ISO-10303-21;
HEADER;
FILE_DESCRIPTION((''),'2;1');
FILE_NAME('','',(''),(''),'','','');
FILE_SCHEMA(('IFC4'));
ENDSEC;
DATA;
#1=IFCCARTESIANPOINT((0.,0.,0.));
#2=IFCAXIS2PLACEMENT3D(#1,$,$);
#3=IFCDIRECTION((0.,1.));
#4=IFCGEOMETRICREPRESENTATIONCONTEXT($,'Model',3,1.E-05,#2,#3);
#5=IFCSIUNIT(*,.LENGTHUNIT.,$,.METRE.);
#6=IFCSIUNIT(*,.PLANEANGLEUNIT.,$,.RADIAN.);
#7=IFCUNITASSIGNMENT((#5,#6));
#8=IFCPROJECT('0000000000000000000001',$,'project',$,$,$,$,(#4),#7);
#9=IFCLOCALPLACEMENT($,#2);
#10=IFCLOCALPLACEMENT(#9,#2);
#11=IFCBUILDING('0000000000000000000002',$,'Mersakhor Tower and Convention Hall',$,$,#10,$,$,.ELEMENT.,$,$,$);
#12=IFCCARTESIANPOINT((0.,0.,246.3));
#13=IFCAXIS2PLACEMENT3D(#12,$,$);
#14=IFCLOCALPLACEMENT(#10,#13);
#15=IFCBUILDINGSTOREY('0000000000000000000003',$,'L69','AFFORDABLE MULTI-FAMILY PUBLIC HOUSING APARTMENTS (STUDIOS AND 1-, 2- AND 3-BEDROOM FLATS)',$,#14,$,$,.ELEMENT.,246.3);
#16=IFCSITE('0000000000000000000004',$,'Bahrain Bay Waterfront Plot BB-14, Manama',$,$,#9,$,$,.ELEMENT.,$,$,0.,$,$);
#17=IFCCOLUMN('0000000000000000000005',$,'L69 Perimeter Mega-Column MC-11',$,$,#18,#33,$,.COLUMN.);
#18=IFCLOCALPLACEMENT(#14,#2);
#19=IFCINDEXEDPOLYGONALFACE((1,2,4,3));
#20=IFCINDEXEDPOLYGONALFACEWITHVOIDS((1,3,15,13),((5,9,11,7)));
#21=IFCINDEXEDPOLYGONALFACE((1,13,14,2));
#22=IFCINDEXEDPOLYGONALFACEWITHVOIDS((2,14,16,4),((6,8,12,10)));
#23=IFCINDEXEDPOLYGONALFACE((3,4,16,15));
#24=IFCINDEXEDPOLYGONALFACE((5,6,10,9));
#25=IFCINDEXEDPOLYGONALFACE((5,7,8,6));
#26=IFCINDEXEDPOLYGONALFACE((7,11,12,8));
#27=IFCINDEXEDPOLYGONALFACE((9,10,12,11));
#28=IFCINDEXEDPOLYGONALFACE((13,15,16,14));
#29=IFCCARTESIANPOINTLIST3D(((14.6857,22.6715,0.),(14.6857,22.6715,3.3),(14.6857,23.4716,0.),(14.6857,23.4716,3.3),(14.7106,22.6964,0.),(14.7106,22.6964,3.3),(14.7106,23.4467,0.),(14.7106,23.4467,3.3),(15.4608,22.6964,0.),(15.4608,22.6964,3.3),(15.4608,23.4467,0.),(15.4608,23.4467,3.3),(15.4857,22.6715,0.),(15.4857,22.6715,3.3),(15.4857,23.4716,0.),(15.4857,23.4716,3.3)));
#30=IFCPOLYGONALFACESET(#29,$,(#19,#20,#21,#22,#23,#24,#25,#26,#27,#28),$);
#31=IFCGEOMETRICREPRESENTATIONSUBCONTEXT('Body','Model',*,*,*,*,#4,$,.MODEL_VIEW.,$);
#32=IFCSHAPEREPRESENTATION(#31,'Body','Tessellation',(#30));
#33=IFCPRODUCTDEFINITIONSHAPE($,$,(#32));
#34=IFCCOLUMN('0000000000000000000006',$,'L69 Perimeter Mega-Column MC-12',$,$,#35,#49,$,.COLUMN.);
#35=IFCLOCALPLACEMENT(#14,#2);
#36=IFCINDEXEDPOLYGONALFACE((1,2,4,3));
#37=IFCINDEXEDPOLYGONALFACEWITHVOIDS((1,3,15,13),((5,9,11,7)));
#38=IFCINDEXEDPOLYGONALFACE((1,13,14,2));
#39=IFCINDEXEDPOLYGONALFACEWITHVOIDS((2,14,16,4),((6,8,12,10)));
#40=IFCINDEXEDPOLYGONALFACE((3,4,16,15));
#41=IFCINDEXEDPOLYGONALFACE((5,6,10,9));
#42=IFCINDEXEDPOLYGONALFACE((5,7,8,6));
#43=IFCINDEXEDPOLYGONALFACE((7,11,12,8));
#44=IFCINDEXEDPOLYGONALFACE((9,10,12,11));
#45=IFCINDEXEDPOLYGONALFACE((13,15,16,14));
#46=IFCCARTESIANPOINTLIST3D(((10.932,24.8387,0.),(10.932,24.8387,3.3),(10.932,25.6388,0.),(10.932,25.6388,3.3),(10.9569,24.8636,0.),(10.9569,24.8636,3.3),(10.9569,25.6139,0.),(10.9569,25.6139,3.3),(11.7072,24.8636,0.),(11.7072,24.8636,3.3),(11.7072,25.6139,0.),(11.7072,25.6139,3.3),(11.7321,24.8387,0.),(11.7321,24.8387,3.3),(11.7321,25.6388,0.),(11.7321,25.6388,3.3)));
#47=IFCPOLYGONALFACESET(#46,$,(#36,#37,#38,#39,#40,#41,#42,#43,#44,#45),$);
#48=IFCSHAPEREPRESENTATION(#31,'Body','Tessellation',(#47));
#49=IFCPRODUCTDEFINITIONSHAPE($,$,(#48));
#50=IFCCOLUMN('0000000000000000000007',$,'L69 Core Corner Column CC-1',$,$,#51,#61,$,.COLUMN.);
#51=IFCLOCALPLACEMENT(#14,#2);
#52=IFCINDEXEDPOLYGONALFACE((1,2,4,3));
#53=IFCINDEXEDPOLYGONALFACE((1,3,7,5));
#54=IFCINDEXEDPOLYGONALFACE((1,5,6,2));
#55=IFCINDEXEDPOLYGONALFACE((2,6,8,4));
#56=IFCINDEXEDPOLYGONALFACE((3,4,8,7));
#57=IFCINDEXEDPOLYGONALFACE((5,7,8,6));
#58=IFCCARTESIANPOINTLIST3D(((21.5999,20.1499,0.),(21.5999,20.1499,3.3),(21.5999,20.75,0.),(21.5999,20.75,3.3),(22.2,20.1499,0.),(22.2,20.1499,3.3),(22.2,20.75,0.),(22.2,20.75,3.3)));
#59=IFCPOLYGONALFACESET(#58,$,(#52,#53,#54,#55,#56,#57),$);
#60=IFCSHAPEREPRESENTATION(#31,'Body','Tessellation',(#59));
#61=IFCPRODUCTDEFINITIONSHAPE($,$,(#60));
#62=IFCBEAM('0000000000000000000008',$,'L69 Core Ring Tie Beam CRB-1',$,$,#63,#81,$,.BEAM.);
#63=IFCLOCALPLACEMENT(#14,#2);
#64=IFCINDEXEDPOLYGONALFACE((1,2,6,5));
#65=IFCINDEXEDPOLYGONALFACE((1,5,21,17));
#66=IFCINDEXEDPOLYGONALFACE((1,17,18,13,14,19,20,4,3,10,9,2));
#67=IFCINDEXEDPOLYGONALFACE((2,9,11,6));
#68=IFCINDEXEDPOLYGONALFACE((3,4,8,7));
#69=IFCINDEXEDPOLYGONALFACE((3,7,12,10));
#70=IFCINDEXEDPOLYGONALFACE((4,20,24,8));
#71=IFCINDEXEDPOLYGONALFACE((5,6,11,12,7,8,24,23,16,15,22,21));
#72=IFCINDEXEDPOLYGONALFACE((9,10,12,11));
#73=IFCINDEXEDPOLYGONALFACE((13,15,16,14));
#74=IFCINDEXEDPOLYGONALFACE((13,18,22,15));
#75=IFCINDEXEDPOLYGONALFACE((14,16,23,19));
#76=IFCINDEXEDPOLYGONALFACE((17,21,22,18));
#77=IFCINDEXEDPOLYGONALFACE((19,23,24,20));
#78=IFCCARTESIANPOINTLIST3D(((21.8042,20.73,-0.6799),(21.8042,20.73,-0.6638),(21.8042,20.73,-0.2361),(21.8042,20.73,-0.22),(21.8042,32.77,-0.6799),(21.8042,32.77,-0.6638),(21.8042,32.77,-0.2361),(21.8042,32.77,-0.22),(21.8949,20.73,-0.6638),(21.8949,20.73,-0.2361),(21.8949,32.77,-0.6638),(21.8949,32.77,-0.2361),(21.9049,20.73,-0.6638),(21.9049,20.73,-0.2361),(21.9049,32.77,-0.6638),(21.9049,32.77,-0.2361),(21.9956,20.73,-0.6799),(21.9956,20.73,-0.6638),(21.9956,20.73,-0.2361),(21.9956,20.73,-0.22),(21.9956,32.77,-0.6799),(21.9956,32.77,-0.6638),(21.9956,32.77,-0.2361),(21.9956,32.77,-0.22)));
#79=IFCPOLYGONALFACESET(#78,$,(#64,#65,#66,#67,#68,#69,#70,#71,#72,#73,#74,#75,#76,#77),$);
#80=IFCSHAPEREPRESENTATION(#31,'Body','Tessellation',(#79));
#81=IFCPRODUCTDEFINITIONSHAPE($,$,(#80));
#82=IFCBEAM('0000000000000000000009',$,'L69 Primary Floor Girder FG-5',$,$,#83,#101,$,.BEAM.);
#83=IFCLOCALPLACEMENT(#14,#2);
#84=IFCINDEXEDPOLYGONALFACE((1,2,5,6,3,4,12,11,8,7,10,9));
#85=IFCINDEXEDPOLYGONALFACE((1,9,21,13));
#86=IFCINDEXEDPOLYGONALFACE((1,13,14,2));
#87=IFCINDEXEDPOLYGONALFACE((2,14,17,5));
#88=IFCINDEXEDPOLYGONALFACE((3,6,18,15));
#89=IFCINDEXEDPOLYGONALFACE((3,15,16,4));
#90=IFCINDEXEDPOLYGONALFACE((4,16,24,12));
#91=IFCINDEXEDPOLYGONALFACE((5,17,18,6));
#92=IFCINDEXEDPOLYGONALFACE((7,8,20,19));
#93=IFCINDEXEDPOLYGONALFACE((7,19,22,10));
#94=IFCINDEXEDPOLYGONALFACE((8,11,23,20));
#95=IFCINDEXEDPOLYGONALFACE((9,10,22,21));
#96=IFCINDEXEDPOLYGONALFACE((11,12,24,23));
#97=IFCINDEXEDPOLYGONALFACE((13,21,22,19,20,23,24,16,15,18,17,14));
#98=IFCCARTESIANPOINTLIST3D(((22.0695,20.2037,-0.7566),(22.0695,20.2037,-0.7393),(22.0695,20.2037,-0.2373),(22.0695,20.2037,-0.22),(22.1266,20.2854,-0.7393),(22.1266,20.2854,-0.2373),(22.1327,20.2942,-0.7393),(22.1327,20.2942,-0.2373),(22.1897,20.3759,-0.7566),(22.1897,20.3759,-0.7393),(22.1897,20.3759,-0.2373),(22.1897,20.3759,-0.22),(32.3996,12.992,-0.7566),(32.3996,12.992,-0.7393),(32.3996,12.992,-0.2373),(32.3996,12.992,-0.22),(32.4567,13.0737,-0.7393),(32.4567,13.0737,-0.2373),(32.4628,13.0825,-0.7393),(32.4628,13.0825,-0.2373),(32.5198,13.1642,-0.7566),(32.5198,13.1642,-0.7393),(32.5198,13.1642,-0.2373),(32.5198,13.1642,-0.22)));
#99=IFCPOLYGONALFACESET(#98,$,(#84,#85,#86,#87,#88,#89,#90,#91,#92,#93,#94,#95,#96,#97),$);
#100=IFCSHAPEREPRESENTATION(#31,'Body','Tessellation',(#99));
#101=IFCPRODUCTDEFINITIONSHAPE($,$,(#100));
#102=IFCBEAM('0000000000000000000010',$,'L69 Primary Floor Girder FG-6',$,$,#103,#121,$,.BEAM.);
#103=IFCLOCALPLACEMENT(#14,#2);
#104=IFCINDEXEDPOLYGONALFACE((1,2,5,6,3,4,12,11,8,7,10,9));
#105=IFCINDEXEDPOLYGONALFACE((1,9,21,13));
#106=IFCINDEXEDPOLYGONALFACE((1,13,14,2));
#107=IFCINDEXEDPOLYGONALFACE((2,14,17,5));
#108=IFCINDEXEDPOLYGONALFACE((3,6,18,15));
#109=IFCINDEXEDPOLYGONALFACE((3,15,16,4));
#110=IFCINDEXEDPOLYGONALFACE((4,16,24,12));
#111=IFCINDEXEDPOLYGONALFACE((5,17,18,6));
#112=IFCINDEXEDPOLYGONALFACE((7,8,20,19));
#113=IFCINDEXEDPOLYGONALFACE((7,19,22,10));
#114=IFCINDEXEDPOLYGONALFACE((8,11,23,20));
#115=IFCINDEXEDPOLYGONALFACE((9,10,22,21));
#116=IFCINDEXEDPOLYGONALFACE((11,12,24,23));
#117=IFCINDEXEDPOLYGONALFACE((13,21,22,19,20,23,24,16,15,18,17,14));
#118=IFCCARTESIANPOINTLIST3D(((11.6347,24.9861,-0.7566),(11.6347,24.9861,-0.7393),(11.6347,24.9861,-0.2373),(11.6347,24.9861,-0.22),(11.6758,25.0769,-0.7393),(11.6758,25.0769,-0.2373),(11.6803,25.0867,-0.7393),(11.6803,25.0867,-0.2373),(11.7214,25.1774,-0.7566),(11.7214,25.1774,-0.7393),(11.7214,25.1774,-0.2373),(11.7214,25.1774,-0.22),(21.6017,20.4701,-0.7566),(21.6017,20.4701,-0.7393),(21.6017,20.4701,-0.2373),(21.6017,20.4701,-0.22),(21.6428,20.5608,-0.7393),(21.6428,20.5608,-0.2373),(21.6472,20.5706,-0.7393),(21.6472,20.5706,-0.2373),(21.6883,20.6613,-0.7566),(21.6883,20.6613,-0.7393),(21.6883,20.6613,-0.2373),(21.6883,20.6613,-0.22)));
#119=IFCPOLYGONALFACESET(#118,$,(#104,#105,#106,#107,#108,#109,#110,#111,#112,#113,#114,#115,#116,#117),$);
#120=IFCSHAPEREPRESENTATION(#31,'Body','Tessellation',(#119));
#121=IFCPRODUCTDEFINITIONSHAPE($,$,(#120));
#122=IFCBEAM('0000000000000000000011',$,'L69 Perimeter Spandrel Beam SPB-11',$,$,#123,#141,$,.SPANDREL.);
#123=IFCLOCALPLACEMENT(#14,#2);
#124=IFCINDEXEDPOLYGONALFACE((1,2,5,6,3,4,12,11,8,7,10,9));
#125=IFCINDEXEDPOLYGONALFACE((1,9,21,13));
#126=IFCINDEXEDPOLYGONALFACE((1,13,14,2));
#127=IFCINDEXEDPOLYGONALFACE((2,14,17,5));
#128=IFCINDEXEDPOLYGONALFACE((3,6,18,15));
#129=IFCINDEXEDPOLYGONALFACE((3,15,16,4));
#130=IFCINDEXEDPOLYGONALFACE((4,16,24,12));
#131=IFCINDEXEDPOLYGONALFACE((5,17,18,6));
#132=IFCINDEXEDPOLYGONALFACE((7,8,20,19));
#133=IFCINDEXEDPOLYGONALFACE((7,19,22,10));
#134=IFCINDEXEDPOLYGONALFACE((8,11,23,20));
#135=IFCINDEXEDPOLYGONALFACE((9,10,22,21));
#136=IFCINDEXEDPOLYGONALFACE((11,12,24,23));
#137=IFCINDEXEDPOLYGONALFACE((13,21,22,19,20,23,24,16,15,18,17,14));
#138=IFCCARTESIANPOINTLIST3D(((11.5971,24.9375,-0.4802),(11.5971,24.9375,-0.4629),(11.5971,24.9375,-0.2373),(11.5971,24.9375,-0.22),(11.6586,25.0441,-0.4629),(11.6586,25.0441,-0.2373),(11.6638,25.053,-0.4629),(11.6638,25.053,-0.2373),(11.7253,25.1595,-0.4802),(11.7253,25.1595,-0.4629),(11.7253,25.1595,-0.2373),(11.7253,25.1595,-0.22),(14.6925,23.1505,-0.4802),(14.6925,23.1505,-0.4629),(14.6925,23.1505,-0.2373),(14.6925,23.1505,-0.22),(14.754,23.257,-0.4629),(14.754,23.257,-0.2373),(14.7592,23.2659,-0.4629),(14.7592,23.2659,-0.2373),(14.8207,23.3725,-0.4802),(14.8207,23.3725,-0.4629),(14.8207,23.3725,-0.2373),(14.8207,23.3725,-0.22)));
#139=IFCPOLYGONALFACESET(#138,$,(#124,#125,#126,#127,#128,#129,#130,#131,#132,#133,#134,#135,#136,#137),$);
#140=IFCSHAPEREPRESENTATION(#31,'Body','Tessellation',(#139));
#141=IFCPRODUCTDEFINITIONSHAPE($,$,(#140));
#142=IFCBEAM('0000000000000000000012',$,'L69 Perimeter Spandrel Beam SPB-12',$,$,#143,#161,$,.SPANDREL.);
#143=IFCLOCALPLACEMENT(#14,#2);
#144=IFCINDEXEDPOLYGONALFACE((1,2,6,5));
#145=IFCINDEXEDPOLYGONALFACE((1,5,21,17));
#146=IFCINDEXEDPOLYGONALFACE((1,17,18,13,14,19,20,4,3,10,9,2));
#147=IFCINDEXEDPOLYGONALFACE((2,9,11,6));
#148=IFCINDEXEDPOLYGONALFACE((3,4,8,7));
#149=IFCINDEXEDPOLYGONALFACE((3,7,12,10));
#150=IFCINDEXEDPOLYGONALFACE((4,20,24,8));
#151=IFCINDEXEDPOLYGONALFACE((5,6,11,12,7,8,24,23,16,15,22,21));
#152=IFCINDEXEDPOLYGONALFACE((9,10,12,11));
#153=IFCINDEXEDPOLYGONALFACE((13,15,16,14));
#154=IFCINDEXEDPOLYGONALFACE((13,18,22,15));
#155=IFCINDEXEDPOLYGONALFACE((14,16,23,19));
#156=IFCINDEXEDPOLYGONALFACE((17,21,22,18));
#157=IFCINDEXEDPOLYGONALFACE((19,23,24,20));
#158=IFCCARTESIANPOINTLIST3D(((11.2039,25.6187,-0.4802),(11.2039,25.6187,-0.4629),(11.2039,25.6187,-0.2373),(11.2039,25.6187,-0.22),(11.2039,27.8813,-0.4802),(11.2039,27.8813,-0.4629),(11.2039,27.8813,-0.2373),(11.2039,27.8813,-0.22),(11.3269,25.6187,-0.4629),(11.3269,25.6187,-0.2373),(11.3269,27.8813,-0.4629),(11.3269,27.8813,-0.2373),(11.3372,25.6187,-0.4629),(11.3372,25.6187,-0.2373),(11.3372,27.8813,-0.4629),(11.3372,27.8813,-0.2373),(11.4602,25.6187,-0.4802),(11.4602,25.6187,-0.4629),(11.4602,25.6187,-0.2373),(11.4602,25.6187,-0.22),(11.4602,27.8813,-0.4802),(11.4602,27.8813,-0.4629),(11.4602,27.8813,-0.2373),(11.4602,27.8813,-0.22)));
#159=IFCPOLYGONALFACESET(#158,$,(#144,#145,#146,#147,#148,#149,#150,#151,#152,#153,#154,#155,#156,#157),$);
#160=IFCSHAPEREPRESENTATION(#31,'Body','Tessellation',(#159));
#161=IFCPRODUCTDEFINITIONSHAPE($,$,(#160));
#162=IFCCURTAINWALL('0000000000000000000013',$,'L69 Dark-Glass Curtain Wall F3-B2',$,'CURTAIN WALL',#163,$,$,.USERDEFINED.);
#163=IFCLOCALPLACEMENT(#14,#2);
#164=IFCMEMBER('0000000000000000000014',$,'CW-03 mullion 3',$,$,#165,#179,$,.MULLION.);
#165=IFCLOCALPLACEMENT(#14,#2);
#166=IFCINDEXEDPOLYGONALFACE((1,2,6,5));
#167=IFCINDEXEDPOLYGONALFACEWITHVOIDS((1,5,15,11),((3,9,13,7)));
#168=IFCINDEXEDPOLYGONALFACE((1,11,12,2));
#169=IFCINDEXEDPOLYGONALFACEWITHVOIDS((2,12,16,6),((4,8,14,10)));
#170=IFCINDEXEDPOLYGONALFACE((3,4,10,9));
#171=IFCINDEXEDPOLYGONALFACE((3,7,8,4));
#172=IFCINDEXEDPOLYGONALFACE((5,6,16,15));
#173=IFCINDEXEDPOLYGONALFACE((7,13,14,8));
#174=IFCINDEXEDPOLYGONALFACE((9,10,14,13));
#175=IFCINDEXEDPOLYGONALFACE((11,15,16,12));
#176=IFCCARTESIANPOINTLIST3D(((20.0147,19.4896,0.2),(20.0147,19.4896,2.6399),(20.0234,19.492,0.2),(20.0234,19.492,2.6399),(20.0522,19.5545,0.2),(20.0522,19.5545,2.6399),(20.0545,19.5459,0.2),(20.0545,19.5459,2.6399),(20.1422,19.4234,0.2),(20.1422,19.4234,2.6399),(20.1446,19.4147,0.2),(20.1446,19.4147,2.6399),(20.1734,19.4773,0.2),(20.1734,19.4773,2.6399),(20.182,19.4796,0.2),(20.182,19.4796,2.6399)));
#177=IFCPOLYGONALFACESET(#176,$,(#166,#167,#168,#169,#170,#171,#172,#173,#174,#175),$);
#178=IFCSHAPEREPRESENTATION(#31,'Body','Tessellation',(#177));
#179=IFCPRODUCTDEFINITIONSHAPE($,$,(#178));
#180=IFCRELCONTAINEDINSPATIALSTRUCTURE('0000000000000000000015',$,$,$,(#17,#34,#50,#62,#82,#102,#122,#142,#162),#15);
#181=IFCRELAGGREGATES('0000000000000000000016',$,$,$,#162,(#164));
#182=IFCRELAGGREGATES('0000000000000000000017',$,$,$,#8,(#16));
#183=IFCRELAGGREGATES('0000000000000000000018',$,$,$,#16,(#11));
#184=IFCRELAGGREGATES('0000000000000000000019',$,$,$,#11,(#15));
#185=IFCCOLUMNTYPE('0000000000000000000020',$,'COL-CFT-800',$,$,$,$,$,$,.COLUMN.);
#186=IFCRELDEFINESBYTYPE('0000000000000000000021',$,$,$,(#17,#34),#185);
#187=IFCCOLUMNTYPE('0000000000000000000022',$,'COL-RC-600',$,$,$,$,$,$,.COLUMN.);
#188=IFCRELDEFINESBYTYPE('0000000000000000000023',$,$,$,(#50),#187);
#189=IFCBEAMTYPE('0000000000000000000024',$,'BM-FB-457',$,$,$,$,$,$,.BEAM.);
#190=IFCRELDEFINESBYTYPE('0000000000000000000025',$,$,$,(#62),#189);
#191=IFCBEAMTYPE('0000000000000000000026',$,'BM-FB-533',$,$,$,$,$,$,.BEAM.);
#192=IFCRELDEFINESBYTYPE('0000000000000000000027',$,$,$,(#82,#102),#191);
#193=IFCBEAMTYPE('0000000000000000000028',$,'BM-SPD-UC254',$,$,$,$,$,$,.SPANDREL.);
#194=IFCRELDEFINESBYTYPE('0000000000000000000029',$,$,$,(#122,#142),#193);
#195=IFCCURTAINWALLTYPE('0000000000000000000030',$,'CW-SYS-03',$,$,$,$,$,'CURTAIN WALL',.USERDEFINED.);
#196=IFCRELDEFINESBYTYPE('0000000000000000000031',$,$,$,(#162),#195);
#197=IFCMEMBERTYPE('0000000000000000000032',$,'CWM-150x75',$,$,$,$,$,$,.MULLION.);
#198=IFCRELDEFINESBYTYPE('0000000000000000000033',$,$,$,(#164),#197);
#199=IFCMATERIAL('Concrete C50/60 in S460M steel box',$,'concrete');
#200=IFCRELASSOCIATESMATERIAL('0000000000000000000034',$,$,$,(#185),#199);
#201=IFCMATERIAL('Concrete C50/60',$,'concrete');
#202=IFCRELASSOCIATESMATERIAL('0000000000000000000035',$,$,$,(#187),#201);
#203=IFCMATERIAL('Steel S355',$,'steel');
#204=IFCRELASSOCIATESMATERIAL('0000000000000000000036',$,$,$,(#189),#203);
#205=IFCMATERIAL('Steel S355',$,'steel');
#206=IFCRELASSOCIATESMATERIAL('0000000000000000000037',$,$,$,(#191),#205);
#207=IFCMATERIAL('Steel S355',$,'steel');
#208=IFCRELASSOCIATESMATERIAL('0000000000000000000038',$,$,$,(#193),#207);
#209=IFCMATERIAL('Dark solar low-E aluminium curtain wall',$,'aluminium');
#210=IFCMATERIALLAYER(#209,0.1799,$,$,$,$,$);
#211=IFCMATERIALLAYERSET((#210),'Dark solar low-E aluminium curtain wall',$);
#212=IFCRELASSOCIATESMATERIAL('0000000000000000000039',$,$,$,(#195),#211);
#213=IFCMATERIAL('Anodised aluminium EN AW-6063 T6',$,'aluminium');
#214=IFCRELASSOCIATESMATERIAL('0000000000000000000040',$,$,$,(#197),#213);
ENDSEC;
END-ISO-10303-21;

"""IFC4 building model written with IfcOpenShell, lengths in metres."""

from ifc_helpers import new_model, si_unit, direction, frame, origin, origin_2d, place, context, subcontext, project, spatial, rectangle, hollow_rectangle, i_section, extrude, material, layer, layer_set, material_profile, profile_set, type_object, element, aggregate, save


model = new_model("IFC4")

# Units and contexts
model_context = context("Model", 3, precision=1e-05, world=origin(), true_north=direction((0.0, 1.0)))
body_context = subcontext(model_context, "Body", "Model", "MODEL_VIEW")
ifc_project = project(units=[si_unit("LENGTHUNIT", "METRE"), si_unit("PLANEANGLEUNIT", "RADIAN")], contexts=[model_context])

# Site, building, storey
site_placement = place(None, origin())
site = spatial("IfcSite", under=ifc_project, at=site_placement, Name="Bahrain Bay Waterfront Plot BB-14, Manama", CompositionType="ELEMENT", RefElevation=0.0)
building_placement = place(site_placement, origin())
building = spatial("IfcBuilding", under=site, at=building_placement, Name="Mersakhor Tower and Convention Hall", CompositionType="ELEMENT")
storey_placement = place(building_placement, frame((0.0, 0.0, 246.3)))
storey = spatial("IfcBuildingStorey", under=building, at=storey_placement, Name="L69", Description="AFFORDABLE MULTI-FAMILY PUBLIC HOUSING APARTMENTS (STUDIOS AND 1-, 2- AND 3-BEDROOM FLATS)", CompositionType="ELEMENT", Elevation=246.3)

# Columns
ifc_material_1 = material(Name="Concrete C50/60 in S460M steel box", Category="concrete")
ifc_material_profile_1 = material_profile(ifc_material_1, hollow_rectangle(XDim=0.8, YDim=0.8, WallThickness=0.0249, at=origin_2d()), Name="SHS 800x800x25")
ifc_profile_set_1 = profile_set([ifc_material_profile_1], Name="Concrete C50/60 in S460M steel box")
column_type_1 = type_object("IfcColumnType", Name="COL-CFT-800", PredefinedType="COLUMN", material=ifc_profile_set_1)
for number, where, z_axis, x_axis, name in (
    (1, (15.0857, 23.0715, 0.0), (0.0, 0.0, 1.0), (1.0, 0.0, 0.0), "L69 Perimeter Mega-Column MC-11"),
    (2, (11.332, 25.2388, 0.0), (0.0, 0.0, 1.0), (1.0, 0.0, 0.0), "L69 Perimeter Mega-Column MC-12"),
):
    element("IfcColumn", number, at=place(storey_placement, frame(where, z_axis=z_axis, x_axis=x_axis)), inside=storey, type_object=column_type_1, Name=name, PredefinedType="COLUMN", context=body_context, shape_type="SweptSolid", body=[
        extrude(hollow_rectangle(XDim=0.8, YDim=0.8, WallThickness=0.0249, at=origin_2d()), origin(), (0.0, 0.0, 1.0), 3.3),
    ])
ifc_material_2 = material(Name="Concrete C50/60", Category="concrete")
ifc_material_profile_2 = material_profile(ifc_material_2, rectangle(XDim=0.6001, YDim=0.6001, at=origin_2d()), Name="RC 600x600")
ifc_profile_set_2 = profile_set([ifc_material_profile_2], Name="Concrete C50/60")
column_type_2 = type_object("IfcColumnType", Name="COL-RC-600", PredefinedType="COLUMN", material=ifc_profile_set_2)
column_placement = place(storey_placement, frame((21.8999, 20.45, 0.0), z_axis=(0.0, 0.0, 1.0), x_axis=(1.0, 0.0, 0.0)))
element("IfcColumn", 3, at=column_placement, inside=storey, type_object=column_type_2, Name="L69 Core Corner Column CC-1", PredefinedType="COLUMN", context=body_context, shape_type="SweptSolid", body=[
    extrude(rectangle(XDim=0.6001, YDim=0.6001, at=origin_2d()), origin(), (0.0, 0.0, 1.0), 3.3),
])

# Beams
ifc_material_3 = material(Name="Steel S355", Category="steel")
ifc_material_profile_3 = material_profile(ifc_material_3, i_section(OverallWidth=0.1914, OverallDepth=0.46, WebThickness=0.01, FlangeThickness=0.0161, at=origin_2d()), Name="UB 457x191x82")
ifc_profile_set_3 = profile_set([ifc_material_profile_3], Name="Steel S355")
beam_type_1 = type_object("IfcBeamType", Name="BM-FB-457", PredefinedType="BEAM", material=ifc_profile_set_3)
beam_1_placement = place(storey_placement, frame((21.8999, 20.73, -0.45), z_axis=(0.0, 1.0, 0.0), x_axis=(-1.0, 0.0, 0.0)))
element("IfcBeam", 4, at=beam_1_placement, inside=storey, type_object=beam_type_1, Name="L69 Core Ring Tie Beam CRB-1", PredefinedType="BEAM", context=body_context, shape_type="SweptSolid", body=[
    extrude(i_section(OverallWidth=0.1914, OverallDepth=0.46, WebThickness=0.01, FlangeThickness=0.0161, at=origin_2d()), origin(), (0.0, 0.0, 1.0), 12.04),
])
ifc_material_4 = material(Name="Steel S355", Category="steel")
ifc_material_profile_4 = material_profile(ifc_material_4, i_section(OverallWidth=0.21, OverallDepth=0.5366, WebThickness=0.0107, FlangeThickness=0.0173, at=origin_2d()), Name="UB 533x210x101")
ifc_profile_set_4 = profile_set([ifc_material_profile_4], Name="Steel S355")
beam_type_2 = type_object("IfcBeamType", Name="BM-FB-533", PredefinedType="BEAM", material=ifc_profile_set_4)
beam_2_placement = place(storey_placement, frame((22.1296, 20.2898, -0.4883), z_axis=(0.819954, -0.572429, 0.0), x_axis=(0.572429, 0.819954, 0.0)))
element("IfcBeam", 5, at=beam_2_placement, inside=storey, type_object=beam_type_2, Name="L69 Primary Floor Girder FG-5", PredefinedType="BEAM", context=body_context, shape_type="SweptSolid", body=[
    extrude(i_section(OverallWidth=0.21, OverallDepth=0.5366, WebThickness=0.0107, FlangeThickness=0.0173, at=origin_2d()), origin(), (0.0, 0.0, 1.0), 12.5984),
])
beam_3_placement = place(storey_placement, frame((21.645, 20.5657, -0.4883), z_axis=(-0.91086, 0.412715, 0.0), x_axis=(-0.412715, -0.91086, 0.0)))
element("IfcBeam", 6, at=beam_3_placement, inside=storey, type_object=beam_type_2, Name="L69 Primary Floor Girder FG-6", PredefinedType="BEAM", context=body_context, shape_type="SweptSolid", body=[
    extrude(i_section(OverallWidth=0.21, OverallDepth=0.5366, WebThickness=0.0107, FlangeThickness=0.0173, at=origin_2d()), origin(), (0.0, 0.0, 1.0), 10.9424),
])
ifc_material_5 = material(Name="Steel S355", Category="steel")
ifc_material_profile_5 = material_profile(ifc_material_5, i_section(OverallWidth=0.2563, OverallDepth=0.2603, WebThickness=0.0103, FlangeThickness=0.0173, at=origin_2d()), Name="UC 254x254x89")
ifc_profile_set_5 = profile_set([ifc_material_profile_5], Name="Steel S355")
beam_type_3 = type_object("IfcBeamType", Name="BM-SPD-UC254", PredefinedType="SPANDREL", material=ifc_profile_set_5)
beam_4_placement = place(storey_placement, frame((14.7566, 23.2615, -0.3501), z_axis=(-0.866032, 0.499989, 0.0), x_axis=(-0.499989, -0.866032, 0.0)))
element("IfcBeam", 7, at=beam_4_placement, inside=storey, type_object=beam_type_3, Name="L69 Perimeter Spandrel Beam SPB-11", PredefinedType="SPANDREL", context=body_context, shape_type="SweptSolid", body=[
    extrude(i_section(OverallWidth=0.2563, OverallDepth=0.2603, WebThickness=0.0103, FlangeThickness=0.0173, at=origin_2d()), origin(), (0.0, 0.0, 1.0), 3.5742),
])
beam_5_placement = place(storey_placement, frame((11.332, 25.6187, -0.3501), z_axis=(0.0, 1.0, 0.0), x_axis=(-1.0, 0.0, 0.0)))
element("IfcBeam", 8, at=beam_5_placement, inside=storey, type_object=beam_type_3, Name="L69 Perimeter Spandrel Beam SPB-12", PredefinedType="SPANDREL", context=body_context, shape_type="SweptSolid", body=[
    extrude(i_section(OverallWidth=0.2563, OverallDepth=0.2603, WebThickness=0.0103, FlangeThickness=0.0173, at=origin_2d()), origin(), (0.0, 0.0, 1.0), 2.2627),
])

# Curtain wall, member
ifc_material_6 = material(Name="Dark solar low-E aluminium curtain wall", Category="aluminium")
ifc_layer_1 = layer(ifc_material_6, 0.1799)
ifc_layer_set_1 = layer_set([ifc_layer_1], Name="Dark solar low-E aluminium curtain wall")
curtain_wall_type = type_object("IfcCurtainWallType", Name="CW-SYS-03", ElementType="CURTAIN WALL", PredefinedType="USERDEFINED", material=ifc_layer_set_1)
curtain_wall_placement = place(storey_placement, origin())
curtain_wall = element("IfcCurtainWall", 9, at=curtain_wall_placement, inside=storey, type_object=curtain_wall_type, Name="L69 Dark-Glass Curtain Wall F3-B2", ObjectType="CURTAIN WALL", PredefinedType="USERDEFINED")
ifc_material_7 = material(Name="Anodised aluminium EN AW-6063 T6", Category="aluminium")
ifc_material_profile_6 = material_profile(ifc_material_7, hollow_rectangle(XDim=0.075, YDim=0.1499, WallThickness=0.0063, at=origin_2d()), Name="RHS 150x75x6.3")
ifc_profile_set_6 = profile_set([ifc_material_profile_6], Name="Anodised aluminium EN AW-6063 T6")
member_type_1 = type_object("IfcMemberType", Name="CWM-150x75", PredefinedType="MULLION", material=ifc_profile_set_6)
member_1_placement = place(storey_placement, frame((20.0984, 19.4846, 0.2), z_axis=(0.0, 0.0, 1.0), x_axis=(-0.500004, -0.866023, 0.0)))
member_1 = element("IfcMember", 10, at=member_1_placement, type_object=member_type_1, Name="CW-03 mullion 3", PredefinedType="MULLION", context=body_context, shape_type="SweptSolid", body=[
    extrude(hollow_rectangle(XDim=0.075, YDim=0.1499, WallThickness=0.0063, at=origin_2d()), origin(), (0.0, 0.0, 1.0), 2.4399),
])

aggregate(curtain_wall, [member_1])

save(model, "model.ifc")
